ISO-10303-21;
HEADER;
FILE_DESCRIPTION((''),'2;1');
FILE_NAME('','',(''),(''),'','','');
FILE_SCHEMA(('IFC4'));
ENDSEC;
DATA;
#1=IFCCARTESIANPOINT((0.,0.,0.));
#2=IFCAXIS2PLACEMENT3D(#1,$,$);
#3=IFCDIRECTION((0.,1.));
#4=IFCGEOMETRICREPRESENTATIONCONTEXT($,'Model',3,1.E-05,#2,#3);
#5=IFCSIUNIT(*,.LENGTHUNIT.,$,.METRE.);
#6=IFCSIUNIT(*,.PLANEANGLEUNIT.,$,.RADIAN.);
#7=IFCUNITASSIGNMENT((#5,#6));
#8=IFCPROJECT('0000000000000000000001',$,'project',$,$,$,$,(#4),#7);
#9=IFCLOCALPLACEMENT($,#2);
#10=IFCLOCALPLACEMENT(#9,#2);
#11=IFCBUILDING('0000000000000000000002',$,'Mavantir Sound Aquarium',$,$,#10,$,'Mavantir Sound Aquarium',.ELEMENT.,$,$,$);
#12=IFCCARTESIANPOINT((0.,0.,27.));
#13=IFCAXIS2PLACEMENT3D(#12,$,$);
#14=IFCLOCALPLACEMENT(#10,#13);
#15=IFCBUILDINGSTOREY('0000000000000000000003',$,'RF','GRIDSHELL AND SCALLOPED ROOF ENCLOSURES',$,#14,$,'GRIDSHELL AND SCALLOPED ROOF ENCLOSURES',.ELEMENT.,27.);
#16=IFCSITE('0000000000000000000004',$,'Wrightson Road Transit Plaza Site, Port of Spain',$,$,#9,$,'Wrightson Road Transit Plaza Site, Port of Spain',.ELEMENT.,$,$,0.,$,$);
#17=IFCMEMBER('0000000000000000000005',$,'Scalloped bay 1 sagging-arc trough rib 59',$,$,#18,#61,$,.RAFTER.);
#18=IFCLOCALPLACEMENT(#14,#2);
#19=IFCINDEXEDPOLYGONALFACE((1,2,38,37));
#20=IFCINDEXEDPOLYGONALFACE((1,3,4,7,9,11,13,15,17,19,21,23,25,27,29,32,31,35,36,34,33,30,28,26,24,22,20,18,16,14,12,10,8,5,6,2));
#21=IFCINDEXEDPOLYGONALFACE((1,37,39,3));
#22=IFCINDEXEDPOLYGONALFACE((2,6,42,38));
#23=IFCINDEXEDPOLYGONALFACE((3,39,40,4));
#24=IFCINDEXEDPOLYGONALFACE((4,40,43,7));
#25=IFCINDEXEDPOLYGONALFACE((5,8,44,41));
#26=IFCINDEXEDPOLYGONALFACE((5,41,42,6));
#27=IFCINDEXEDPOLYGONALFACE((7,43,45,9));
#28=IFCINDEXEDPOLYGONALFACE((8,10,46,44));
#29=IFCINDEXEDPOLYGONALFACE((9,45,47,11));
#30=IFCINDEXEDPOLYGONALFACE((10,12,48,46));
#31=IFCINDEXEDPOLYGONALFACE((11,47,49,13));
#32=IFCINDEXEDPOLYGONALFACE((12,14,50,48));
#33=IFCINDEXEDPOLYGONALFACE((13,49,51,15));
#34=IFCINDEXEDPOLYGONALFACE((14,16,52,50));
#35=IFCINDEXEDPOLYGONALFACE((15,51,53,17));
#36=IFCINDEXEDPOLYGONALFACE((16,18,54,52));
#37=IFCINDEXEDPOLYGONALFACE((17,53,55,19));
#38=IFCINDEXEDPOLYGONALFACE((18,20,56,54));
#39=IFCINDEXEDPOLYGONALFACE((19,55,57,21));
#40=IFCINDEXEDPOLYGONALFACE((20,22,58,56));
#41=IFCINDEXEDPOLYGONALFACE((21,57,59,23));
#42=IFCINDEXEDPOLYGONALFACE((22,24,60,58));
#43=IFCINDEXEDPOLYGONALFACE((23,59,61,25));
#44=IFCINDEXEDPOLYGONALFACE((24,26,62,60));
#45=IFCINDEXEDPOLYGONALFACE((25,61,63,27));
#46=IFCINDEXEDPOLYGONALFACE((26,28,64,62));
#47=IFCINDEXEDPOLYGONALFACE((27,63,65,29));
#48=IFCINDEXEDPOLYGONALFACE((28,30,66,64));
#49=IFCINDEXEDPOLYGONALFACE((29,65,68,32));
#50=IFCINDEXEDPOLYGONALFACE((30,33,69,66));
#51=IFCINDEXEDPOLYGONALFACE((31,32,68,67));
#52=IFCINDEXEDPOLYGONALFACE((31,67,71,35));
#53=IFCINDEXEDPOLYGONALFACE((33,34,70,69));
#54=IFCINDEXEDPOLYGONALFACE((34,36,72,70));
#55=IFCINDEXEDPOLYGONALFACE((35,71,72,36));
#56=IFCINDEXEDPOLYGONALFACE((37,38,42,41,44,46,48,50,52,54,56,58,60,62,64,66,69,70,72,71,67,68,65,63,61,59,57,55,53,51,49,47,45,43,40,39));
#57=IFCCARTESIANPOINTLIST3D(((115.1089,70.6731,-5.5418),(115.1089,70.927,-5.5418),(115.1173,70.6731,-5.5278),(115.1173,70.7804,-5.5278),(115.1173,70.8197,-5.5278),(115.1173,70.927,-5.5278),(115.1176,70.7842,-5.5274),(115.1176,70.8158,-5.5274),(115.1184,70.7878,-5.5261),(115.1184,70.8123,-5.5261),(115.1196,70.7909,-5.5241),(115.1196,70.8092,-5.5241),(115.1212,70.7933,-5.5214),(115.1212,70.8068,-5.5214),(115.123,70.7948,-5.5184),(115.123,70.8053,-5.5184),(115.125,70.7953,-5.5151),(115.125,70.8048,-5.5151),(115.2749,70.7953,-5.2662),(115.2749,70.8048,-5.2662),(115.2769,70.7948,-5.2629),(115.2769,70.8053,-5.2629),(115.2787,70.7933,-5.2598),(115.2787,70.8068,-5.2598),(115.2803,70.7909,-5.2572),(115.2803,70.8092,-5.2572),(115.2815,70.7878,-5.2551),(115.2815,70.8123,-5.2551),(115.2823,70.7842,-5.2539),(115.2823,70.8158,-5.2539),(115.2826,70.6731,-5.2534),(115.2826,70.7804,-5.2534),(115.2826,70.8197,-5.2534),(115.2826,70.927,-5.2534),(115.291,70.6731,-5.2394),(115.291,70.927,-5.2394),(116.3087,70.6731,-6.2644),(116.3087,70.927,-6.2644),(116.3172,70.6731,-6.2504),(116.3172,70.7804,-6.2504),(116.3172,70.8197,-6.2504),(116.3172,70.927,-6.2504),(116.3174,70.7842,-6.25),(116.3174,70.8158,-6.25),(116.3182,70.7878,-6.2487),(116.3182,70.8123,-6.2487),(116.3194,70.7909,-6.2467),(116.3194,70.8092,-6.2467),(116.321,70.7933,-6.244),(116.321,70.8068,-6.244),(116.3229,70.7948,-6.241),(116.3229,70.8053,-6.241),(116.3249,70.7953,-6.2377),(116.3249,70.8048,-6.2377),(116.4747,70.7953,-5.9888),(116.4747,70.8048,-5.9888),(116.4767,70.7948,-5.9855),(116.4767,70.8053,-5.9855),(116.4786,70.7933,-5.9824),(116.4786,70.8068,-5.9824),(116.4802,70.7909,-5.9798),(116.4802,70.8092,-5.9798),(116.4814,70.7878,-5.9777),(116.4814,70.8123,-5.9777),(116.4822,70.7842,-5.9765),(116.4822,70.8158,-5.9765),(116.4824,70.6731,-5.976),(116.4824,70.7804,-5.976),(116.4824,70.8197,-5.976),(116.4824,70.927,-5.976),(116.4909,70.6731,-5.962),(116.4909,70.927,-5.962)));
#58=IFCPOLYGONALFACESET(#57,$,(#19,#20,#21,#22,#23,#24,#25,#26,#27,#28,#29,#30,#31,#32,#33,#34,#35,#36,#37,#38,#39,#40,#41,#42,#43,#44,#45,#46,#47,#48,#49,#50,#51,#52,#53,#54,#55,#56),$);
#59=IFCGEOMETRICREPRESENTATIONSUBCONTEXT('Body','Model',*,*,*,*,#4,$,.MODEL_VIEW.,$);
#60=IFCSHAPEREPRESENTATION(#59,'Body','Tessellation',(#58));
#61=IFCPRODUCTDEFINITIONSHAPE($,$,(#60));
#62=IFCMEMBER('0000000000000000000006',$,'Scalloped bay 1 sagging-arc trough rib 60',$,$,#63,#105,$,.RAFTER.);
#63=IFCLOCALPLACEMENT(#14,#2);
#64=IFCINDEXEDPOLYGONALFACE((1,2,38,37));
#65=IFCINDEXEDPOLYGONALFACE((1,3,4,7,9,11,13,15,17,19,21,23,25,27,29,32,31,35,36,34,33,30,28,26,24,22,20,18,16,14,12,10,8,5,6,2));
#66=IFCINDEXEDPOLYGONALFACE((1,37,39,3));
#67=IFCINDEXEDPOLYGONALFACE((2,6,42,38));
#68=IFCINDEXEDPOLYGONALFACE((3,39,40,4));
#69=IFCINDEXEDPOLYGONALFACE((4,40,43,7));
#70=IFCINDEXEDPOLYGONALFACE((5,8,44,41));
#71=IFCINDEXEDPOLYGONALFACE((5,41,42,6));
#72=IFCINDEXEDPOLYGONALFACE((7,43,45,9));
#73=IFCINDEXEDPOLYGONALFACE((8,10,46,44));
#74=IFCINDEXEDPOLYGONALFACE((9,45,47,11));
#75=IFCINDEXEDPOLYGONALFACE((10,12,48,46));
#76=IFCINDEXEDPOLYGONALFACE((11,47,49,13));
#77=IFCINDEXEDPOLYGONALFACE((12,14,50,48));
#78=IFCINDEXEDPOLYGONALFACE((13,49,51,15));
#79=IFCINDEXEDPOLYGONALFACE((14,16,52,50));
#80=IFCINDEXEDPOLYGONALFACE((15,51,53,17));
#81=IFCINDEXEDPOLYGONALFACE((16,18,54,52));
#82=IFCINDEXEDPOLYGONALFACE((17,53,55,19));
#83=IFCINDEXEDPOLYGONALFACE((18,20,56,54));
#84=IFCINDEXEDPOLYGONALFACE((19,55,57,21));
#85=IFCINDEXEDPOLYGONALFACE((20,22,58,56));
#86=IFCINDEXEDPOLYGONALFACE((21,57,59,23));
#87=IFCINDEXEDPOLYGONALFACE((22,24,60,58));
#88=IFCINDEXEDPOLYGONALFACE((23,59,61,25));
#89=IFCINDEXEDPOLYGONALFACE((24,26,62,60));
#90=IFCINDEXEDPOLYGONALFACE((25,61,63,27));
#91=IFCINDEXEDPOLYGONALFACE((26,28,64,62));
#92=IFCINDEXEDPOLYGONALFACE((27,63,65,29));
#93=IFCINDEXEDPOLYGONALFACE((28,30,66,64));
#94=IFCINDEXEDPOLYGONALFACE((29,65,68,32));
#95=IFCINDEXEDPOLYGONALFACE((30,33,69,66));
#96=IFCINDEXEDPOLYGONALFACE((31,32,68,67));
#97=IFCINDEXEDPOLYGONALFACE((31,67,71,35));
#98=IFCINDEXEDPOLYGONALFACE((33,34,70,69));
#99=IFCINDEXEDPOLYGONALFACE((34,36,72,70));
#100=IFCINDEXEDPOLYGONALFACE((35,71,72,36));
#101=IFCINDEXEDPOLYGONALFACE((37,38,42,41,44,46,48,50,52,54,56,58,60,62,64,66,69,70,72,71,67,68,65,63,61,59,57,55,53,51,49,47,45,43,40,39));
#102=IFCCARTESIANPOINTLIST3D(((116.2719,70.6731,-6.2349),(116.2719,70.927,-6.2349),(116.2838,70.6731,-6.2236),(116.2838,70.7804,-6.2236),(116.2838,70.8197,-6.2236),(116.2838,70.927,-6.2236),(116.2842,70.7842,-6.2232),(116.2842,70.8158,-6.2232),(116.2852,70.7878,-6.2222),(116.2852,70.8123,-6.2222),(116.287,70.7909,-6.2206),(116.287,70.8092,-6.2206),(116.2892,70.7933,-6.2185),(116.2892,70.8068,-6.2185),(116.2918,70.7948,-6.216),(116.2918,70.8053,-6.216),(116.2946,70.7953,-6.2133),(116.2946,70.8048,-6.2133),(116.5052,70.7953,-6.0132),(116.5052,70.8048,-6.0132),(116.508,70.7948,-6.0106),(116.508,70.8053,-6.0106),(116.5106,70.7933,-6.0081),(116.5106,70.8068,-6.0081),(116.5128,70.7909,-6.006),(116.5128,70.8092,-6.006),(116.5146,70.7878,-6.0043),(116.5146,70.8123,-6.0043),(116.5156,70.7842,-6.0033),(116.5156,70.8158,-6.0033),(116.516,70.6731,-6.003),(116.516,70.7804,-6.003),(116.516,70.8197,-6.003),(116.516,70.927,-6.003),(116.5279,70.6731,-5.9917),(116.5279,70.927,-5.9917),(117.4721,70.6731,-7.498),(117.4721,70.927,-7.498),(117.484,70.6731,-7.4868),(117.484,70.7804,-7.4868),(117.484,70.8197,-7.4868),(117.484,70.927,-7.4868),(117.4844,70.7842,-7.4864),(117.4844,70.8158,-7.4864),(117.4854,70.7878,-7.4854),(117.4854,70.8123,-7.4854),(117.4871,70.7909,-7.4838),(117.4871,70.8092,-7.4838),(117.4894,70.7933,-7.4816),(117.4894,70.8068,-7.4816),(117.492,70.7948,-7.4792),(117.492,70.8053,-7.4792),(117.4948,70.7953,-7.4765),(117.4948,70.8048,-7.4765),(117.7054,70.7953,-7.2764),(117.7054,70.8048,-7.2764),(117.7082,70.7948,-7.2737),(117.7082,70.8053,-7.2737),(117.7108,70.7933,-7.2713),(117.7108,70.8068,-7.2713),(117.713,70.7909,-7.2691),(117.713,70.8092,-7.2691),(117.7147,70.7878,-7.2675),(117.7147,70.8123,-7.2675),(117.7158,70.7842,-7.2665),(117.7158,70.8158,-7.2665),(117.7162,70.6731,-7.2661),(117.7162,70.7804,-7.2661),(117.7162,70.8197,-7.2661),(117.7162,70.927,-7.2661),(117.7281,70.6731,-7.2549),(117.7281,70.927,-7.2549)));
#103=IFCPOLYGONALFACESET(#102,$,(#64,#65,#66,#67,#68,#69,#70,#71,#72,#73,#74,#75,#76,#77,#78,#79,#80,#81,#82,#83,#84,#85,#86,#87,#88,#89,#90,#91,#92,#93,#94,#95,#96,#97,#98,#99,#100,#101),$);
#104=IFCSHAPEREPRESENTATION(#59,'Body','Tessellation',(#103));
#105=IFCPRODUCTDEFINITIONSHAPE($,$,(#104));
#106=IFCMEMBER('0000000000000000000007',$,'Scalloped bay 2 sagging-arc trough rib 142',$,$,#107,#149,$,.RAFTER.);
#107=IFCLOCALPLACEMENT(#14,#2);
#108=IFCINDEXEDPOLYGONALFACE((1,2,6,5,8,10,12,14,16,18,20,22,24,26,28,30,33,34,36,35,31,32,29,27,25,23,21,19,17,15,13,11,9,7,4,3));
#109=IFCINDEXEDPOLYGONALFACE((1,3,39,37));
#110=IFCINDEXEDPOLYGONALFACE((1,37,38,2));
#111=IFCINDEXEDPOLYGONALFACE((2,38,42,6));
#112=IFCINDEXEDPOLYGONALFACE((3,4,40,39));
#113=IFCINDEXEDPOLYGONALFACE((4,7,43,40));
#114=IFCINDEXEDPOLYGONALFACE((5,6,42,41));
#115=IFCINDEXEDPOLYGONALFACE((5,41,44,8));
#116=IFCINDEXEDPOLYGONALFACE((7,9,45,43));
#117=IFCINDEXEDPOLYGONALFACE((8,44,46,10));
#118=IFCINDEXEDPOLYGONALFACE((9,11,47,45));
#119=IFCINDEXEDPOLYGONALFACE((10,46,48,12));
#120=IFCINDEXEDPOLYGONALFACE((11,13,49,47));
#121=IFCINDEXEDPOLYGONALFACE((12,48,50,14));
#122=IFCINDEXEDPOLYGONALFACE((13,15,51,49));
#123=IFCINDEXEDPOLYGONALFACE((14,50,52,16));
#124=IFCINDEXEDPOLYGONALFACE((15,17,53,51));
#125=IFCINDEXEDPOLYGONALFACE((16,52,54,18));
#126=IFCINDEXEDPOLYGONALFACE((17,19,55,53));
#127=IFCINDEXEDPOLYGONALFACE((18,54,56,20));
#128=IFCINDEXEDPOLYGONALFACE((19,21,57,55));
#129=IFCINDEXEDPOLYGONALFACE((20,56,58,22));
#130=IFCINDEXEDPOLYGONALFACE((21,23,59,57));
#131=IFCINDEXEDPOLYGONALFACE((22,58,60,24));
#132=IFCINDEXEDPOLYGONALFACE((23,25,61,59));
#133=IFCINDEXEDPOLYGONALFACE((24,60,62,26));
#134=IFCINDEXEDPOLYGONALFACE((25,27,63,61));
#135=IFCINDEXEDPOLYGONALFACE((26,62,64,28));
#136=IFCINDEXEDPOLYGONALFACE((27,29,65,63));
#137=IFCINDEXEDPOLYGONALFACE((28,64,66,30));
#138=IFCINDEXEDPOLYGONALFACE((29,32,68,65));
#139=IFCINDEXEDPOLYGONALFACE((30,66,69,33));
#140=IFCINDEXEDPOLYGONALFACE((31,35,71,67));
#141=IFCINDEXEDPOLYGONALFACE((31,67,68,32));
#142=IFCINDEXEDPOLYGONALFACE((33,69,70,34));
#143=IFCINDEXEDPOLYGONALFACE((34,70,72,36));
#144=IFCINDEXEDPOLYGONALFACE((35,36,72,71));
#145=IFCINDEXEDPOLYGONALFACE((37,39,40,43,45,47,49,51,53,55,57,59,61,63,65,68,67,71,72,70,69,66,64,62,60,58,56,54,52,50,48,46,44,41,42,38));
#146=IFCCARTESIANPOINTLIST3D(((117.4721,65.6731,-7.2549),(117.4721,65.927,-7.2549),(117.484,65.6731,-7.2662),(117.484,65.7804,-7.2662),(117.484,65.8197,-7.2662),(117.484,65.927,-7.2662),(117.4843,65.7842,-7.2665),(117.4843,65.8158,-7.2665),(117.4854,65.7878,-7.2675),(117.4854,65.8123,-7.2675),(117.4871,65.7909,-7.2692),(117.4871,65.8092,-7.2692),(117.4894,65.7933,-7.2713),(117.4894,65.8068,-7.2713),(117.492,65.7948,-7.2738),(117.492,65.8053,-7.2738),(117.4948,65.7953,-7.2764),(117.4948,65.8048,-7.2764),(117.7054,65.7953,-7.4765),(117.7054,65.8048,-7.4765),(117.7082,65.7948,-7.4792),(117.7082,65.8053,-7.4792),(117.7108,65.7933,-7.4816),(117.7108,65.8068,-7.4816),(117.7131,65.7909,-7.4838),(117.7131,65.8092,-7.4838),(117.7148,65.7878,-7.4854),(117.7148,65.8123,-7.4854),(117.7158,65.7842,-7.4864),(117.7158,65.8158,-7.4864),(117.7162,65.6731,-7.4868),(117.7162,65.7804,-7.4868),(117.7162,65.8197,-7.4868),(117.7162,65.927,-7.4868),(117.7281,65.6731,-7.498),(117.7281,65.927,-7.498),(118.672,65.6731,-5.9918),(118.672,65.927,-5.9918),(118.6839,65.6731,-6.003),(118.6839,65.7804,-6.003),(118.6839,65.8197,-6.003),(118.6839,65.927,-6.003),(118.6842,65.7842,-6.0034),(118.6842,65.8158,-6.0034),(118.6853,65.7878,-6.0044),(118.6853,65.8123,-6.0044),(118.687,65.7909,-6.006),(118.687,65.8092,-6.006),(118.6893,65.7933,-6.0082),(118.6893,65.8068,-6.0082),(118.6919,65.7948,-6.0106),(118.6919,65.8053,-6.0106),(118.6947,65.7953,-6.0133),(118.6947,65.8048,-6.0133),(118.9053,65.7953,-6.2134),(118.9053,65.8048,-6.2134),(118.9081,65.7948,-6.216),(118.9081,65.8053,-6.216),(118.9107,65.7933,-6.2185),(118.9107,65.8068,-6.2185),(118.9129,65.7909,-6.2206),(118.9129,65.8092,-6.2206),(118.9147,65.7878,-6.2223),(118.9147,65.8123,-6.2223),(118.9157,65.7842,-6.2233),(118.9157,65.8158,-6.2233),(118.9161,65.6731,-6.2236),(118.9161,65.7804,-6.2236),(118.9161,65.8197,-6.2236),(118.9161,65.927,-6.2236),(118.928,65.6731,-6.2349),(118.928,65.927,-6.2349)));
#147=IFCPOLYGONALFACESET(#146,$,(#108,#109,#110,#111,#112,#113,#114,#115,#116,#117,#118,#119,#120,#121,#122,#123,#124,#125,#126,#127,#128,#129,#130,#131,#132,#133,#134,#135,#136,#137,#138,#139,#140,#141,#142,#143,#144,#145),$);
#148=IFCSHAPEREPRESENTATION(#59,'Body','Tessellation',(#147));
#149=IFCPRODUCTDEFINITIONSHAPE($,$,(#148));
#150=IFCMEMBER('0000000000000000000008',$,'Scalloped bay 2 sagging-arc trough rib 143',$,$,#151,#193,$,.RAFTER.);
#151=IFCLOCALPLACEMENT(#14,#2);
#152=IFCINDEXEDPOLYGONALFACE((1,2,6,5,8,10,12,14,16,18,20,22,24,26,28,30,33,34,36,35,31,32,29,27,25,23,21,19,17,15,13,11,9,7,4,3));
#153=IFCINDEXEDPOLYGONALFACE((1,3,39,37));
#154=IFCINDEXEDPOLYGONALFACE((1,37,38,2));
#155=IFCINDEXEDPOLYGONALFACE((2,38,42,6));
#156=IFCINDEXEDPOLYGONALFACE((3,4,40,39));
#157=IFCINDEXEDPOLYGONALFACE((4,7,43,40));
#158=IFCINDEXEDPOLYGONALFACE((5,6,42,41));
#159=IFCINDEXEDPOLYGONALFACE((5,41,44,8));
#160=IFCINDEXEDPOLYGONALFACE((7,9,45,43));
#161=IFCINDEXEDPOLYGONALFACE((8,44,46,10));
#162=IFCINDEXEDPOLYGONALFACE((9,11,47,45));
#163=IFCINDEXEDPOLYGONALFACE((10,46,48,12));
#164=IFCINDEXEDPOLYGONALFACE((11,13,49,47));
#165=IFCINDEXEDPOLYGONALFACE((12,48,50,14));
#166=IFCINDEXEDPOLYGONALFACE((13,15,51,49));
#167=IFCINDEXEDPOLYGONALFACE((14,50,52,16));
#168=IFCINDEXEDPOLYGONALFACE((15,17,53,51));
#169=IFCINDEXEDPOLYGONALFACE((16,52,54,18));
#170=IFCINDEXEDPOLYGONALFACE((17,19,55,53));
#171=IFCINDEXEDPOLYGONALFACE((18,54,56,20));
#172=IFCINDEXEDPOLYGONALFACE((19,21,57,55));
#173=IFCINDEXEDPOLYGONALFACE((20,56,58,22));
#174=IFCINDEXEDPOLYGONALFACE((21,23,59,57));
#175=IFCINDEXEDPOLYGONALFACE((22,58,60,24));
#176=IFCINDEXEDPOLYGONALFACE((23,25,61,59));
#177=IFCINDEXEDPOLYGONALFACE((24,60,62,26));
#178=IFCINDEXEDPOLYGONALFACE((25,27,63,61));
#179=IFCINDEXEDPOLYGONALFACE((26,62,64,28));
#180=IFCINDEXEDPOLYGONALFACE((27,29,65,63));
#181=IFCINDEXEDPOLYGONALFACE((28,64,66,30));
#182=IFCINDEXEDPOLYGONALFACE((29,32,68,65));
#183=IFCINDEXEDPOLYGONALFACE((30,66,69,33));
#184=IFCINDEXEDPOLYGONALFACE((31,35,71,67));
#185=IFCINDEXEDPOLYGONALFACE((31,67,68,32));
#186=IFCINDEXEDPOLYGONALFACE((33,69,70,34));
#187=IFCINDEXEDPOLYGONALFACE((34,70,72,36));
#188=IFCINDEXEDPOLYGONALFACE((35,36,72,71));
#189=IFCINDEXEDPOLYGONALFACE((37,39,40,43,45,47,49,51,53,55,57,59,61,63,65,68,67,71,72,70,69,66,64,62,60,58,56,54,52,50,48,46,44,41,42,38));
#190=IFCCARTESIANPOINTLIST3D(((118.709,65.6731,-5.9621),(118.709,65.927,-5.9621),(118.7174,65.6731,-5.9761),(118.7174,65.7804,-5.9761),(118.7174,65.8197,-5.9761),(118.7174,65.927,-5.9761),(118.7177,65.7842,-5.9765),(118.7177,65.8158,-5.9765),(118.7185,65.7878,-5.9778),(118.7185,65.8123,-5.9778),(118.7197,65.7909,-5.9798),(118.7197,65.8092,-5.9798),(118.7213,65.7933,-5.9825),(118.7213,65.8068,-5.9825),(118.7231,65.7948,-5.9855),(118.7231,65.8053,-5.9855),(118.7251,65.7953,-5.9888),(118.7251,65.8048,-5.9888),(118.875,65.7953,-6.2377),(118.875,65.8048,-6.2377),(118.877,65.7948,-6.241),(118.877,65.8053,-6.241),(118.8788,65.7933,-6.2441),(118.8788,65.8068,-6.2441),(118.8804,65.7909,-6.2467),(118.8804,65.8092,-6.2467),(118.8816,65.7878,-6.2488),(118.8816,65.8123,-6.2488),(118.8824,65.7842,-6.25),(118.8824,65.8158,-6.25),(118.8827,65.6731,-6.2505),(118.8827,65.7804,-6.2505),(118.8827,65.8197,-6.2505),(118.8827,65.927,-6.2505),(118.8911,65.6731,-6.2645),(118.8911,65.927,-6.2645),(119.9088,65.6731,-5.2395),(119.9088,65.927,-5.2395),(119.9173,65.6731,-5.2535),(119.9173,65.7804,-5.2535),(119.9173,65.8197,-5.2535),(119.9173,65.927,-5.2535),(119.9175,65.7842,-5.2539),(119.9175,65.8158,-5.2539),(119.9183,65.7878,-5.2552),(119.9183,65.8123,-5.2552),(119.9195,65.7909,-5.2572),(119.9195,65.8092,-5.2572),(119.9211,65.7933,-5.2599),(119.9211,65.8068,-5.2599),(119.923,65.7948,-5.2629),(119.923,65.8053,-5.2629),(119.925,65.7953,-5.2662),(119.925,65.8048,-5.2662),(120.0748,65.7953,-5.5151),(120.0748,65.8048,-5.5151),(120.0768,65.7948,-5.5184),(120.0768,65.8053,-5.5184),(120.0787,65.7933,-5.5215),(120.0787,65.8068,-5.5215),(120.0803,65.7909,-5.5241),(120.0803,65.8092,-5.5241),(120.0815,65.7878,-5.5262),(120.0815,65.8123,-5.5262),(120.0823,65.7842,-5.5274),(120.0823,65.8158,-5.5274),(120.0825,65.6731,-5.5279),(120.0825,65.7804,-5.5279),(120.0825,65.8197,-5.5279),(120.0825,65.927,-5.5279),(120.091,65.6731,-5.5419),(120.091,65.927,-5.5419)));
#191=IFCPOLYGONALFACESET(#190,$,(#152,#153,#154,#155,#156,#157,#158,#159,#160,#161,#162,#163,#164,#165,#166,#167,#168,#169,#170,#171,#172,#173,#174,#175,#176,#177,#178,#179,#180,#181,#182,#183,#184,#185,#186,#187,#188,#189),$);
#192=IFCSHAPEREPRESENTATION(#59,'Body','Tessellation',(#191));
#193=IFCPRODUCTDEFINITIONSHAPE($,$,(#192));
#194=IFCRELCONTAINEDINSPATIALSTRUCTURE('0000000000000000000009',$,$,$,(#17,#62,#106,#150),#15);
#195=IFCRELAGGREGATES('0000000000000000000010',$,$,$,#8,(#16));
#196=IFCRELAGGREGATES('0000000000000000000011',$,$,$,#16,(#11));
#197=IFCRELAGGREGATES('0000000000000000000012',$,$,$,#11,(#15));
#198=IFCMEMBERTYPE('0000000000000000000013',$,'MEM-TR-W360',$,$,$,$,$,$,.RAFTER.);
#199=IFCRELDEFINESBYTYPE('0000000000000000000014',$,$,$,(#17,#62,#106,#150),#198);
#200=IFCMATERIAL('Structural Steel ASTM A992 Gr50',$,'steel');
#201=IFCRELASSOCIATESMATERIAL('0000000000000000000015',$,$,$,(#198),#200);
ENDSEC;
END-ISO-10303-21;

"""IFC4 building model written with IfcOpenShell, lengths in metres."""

from ifc_helpers import new_model, si_unit, direction, frame, origin, origin_2d, place, context, subcontext, project, spatial, i_section, extrude, material, material_profile, profile_set, type_object, element, save


model = new_model("IFC4")

# Units and contexts
model_context = context("Model", 3, precision=1e-05, world=origin(), true_north=direction((0.0, 1.0)))
body_context = subcontext(model_context, "Body", "Model", "MODEL_VIEW")
ifc_project = project(units=[si_unit("LENGTHUNIT", "METRE"), si_unit("PLANEANGLEUNIT", "RADIAN")], contexts=[model_context])

# Site, building, storey
site_placement = place(None, origin())
site = spatial("IfcSite", under=ifc_project, at=site_placement, Name="Wrightson Road Transit Plaza Site, Port of Spain", LongName="Wrightson Road Transit Plaza Site, Port of Spain", CompositionType="ELEMENT", RefElevation=0.0)
building_placement = place(site_placement, origin())
building = spatial("IfcBuilding", under=site, at=building_placement, Name="Mavantir Sound Aquarium", LongName="Mavantir Sound Aquarium", CompositionType="ELEMENT")
storey_placement = place(building_placement, frame((0.0, 0.0, 27.0)))
storey = spatial("IfcBuildingStorey", under=building, at=storey_placement, Name="RF", Description="GRIDSHELL AND SCALLOPED ROOF ENCLOSURES", LongName="GRIDSHELL AND SCALLOPED ROOF ENCLOSURES", CompositionType="ELEMENT", Elevation=27.0)

# Shared definitions
ifc_material_1 = material(Name="Structural Steel ASTM A992 Gr50", Category="steel")

# Members
ifc_material_profile_1 = material_profile(ifc_material_1, i_section(OverallWidth=0.2539, OverallDepth=0.353, WebThickness=0.0095, FlangeThickness=0.0164, FilletRadius=0.0149, at=origin_2d()), Name="W360X91")
ifc_profile_set_1 = profile_set([ifc_material_profile_1], Name="Structural Steel ASTM A992 Gr50")
member_type_1 = type_object("IfcMemberType", Name="MEM-TR-W360", PredefinedType="RAFTER", material=ifc_profile_set_1)
member_1_placement = place(storey_placement, frame((115.2, 70.8, -5.3906), z_axis=(0.856646, 0.0, -0.515905), x_axis=(0.0, 1.0, 0.0)))
element("IfcMember", 1, at=member_1_placement, inside=storey, type_object=member_type_1, Name="Scalloped bay 1 sagging-arc trough rib 59", PredefinedType="RAFTER", context=body_context, shape_type="SweptSolid", body=[
    extrude(i_section(OverallWidth=0.2539, OverallDepth=0.353, WebThickness=0.0095, FlangeThickness=0.0164, FilletRadius=0.0149, at=origin_2d()), origin(), (0.0, 0.0, 1.0), 1.4006),
])
member_2_placement = place(storey_placement, frame((116.3999, 70.8, -6.1133), z_axis=(0.688801, 0.0, -0.72495), x_axis=(0.0, 1.0, 0.0)))
element("IfcMember", 2, at=member_2_placement, inside=storey, type_object=member_type_1, Name="Scalloped bay 1 sagging-arc trough rib 60", PredefinedType="RAFTER", context=body_context, shape_type="SweptSolid", body=[
    extrude(i_section(OverallWidth=0.2539, OverallDepth=0.353, WebThickness=0.0095, FlangeThickness=0.0164, FilletRadius=0.0149, at=origin_2d()), origin(), (0.0, 0.0, 1.0), 1.7424),
])
member_3_placement = place(storey_placement, frame((117.6001, 65.8, -7.3765), z_axis=(0.688727, 0.0, 0.72502), x_axis=(0.0, 1.0, 0.0)))
element("IfcMember", 3, at=member_3_placement, inside=storey, type_object=member_type_1, Name="Scalloped bay 2 sagging-arc trough rib 142", PredefinedType="RAFTER", context=body_context, shape_type="SweptSolid", body=[
    extrude(i_section(OverallWidth=0.2539, OverallDepth=0.353, WebThickness=0.0095, FlangeThickness=0.0164, FilletRadius=0.0149, at=origin_2d()), origin(), (0.0, 0.0, 1.0), 1.7422),
])
member_4_placement = place(storey_placement, frame((118.8, 65.8, -6.1133), z_axis=(0.856646, 0.0, 0.515905), x_axis=(0.0, 1.0, 0.0)))
element("IfcMember", 4, at=member_4_placement, inside=storey, type_object=member_type_1, Name="Scalloped bay 2 sagging-arc trough rib 143", PredefinedType="RAFTER", context=body_context, shape_type="SweptSolid", body=[
    extrude(i_section(OverallWidth=0.2539, OverallDepth=0.353, WebThickness=0.0095, FlangeThickness=0.0164, FilletRadius=0.0149, at=origin_2d()), origin(), (0.0, 0.0, 1.0), 1.4006),
])

save(model, "model.ifc")
